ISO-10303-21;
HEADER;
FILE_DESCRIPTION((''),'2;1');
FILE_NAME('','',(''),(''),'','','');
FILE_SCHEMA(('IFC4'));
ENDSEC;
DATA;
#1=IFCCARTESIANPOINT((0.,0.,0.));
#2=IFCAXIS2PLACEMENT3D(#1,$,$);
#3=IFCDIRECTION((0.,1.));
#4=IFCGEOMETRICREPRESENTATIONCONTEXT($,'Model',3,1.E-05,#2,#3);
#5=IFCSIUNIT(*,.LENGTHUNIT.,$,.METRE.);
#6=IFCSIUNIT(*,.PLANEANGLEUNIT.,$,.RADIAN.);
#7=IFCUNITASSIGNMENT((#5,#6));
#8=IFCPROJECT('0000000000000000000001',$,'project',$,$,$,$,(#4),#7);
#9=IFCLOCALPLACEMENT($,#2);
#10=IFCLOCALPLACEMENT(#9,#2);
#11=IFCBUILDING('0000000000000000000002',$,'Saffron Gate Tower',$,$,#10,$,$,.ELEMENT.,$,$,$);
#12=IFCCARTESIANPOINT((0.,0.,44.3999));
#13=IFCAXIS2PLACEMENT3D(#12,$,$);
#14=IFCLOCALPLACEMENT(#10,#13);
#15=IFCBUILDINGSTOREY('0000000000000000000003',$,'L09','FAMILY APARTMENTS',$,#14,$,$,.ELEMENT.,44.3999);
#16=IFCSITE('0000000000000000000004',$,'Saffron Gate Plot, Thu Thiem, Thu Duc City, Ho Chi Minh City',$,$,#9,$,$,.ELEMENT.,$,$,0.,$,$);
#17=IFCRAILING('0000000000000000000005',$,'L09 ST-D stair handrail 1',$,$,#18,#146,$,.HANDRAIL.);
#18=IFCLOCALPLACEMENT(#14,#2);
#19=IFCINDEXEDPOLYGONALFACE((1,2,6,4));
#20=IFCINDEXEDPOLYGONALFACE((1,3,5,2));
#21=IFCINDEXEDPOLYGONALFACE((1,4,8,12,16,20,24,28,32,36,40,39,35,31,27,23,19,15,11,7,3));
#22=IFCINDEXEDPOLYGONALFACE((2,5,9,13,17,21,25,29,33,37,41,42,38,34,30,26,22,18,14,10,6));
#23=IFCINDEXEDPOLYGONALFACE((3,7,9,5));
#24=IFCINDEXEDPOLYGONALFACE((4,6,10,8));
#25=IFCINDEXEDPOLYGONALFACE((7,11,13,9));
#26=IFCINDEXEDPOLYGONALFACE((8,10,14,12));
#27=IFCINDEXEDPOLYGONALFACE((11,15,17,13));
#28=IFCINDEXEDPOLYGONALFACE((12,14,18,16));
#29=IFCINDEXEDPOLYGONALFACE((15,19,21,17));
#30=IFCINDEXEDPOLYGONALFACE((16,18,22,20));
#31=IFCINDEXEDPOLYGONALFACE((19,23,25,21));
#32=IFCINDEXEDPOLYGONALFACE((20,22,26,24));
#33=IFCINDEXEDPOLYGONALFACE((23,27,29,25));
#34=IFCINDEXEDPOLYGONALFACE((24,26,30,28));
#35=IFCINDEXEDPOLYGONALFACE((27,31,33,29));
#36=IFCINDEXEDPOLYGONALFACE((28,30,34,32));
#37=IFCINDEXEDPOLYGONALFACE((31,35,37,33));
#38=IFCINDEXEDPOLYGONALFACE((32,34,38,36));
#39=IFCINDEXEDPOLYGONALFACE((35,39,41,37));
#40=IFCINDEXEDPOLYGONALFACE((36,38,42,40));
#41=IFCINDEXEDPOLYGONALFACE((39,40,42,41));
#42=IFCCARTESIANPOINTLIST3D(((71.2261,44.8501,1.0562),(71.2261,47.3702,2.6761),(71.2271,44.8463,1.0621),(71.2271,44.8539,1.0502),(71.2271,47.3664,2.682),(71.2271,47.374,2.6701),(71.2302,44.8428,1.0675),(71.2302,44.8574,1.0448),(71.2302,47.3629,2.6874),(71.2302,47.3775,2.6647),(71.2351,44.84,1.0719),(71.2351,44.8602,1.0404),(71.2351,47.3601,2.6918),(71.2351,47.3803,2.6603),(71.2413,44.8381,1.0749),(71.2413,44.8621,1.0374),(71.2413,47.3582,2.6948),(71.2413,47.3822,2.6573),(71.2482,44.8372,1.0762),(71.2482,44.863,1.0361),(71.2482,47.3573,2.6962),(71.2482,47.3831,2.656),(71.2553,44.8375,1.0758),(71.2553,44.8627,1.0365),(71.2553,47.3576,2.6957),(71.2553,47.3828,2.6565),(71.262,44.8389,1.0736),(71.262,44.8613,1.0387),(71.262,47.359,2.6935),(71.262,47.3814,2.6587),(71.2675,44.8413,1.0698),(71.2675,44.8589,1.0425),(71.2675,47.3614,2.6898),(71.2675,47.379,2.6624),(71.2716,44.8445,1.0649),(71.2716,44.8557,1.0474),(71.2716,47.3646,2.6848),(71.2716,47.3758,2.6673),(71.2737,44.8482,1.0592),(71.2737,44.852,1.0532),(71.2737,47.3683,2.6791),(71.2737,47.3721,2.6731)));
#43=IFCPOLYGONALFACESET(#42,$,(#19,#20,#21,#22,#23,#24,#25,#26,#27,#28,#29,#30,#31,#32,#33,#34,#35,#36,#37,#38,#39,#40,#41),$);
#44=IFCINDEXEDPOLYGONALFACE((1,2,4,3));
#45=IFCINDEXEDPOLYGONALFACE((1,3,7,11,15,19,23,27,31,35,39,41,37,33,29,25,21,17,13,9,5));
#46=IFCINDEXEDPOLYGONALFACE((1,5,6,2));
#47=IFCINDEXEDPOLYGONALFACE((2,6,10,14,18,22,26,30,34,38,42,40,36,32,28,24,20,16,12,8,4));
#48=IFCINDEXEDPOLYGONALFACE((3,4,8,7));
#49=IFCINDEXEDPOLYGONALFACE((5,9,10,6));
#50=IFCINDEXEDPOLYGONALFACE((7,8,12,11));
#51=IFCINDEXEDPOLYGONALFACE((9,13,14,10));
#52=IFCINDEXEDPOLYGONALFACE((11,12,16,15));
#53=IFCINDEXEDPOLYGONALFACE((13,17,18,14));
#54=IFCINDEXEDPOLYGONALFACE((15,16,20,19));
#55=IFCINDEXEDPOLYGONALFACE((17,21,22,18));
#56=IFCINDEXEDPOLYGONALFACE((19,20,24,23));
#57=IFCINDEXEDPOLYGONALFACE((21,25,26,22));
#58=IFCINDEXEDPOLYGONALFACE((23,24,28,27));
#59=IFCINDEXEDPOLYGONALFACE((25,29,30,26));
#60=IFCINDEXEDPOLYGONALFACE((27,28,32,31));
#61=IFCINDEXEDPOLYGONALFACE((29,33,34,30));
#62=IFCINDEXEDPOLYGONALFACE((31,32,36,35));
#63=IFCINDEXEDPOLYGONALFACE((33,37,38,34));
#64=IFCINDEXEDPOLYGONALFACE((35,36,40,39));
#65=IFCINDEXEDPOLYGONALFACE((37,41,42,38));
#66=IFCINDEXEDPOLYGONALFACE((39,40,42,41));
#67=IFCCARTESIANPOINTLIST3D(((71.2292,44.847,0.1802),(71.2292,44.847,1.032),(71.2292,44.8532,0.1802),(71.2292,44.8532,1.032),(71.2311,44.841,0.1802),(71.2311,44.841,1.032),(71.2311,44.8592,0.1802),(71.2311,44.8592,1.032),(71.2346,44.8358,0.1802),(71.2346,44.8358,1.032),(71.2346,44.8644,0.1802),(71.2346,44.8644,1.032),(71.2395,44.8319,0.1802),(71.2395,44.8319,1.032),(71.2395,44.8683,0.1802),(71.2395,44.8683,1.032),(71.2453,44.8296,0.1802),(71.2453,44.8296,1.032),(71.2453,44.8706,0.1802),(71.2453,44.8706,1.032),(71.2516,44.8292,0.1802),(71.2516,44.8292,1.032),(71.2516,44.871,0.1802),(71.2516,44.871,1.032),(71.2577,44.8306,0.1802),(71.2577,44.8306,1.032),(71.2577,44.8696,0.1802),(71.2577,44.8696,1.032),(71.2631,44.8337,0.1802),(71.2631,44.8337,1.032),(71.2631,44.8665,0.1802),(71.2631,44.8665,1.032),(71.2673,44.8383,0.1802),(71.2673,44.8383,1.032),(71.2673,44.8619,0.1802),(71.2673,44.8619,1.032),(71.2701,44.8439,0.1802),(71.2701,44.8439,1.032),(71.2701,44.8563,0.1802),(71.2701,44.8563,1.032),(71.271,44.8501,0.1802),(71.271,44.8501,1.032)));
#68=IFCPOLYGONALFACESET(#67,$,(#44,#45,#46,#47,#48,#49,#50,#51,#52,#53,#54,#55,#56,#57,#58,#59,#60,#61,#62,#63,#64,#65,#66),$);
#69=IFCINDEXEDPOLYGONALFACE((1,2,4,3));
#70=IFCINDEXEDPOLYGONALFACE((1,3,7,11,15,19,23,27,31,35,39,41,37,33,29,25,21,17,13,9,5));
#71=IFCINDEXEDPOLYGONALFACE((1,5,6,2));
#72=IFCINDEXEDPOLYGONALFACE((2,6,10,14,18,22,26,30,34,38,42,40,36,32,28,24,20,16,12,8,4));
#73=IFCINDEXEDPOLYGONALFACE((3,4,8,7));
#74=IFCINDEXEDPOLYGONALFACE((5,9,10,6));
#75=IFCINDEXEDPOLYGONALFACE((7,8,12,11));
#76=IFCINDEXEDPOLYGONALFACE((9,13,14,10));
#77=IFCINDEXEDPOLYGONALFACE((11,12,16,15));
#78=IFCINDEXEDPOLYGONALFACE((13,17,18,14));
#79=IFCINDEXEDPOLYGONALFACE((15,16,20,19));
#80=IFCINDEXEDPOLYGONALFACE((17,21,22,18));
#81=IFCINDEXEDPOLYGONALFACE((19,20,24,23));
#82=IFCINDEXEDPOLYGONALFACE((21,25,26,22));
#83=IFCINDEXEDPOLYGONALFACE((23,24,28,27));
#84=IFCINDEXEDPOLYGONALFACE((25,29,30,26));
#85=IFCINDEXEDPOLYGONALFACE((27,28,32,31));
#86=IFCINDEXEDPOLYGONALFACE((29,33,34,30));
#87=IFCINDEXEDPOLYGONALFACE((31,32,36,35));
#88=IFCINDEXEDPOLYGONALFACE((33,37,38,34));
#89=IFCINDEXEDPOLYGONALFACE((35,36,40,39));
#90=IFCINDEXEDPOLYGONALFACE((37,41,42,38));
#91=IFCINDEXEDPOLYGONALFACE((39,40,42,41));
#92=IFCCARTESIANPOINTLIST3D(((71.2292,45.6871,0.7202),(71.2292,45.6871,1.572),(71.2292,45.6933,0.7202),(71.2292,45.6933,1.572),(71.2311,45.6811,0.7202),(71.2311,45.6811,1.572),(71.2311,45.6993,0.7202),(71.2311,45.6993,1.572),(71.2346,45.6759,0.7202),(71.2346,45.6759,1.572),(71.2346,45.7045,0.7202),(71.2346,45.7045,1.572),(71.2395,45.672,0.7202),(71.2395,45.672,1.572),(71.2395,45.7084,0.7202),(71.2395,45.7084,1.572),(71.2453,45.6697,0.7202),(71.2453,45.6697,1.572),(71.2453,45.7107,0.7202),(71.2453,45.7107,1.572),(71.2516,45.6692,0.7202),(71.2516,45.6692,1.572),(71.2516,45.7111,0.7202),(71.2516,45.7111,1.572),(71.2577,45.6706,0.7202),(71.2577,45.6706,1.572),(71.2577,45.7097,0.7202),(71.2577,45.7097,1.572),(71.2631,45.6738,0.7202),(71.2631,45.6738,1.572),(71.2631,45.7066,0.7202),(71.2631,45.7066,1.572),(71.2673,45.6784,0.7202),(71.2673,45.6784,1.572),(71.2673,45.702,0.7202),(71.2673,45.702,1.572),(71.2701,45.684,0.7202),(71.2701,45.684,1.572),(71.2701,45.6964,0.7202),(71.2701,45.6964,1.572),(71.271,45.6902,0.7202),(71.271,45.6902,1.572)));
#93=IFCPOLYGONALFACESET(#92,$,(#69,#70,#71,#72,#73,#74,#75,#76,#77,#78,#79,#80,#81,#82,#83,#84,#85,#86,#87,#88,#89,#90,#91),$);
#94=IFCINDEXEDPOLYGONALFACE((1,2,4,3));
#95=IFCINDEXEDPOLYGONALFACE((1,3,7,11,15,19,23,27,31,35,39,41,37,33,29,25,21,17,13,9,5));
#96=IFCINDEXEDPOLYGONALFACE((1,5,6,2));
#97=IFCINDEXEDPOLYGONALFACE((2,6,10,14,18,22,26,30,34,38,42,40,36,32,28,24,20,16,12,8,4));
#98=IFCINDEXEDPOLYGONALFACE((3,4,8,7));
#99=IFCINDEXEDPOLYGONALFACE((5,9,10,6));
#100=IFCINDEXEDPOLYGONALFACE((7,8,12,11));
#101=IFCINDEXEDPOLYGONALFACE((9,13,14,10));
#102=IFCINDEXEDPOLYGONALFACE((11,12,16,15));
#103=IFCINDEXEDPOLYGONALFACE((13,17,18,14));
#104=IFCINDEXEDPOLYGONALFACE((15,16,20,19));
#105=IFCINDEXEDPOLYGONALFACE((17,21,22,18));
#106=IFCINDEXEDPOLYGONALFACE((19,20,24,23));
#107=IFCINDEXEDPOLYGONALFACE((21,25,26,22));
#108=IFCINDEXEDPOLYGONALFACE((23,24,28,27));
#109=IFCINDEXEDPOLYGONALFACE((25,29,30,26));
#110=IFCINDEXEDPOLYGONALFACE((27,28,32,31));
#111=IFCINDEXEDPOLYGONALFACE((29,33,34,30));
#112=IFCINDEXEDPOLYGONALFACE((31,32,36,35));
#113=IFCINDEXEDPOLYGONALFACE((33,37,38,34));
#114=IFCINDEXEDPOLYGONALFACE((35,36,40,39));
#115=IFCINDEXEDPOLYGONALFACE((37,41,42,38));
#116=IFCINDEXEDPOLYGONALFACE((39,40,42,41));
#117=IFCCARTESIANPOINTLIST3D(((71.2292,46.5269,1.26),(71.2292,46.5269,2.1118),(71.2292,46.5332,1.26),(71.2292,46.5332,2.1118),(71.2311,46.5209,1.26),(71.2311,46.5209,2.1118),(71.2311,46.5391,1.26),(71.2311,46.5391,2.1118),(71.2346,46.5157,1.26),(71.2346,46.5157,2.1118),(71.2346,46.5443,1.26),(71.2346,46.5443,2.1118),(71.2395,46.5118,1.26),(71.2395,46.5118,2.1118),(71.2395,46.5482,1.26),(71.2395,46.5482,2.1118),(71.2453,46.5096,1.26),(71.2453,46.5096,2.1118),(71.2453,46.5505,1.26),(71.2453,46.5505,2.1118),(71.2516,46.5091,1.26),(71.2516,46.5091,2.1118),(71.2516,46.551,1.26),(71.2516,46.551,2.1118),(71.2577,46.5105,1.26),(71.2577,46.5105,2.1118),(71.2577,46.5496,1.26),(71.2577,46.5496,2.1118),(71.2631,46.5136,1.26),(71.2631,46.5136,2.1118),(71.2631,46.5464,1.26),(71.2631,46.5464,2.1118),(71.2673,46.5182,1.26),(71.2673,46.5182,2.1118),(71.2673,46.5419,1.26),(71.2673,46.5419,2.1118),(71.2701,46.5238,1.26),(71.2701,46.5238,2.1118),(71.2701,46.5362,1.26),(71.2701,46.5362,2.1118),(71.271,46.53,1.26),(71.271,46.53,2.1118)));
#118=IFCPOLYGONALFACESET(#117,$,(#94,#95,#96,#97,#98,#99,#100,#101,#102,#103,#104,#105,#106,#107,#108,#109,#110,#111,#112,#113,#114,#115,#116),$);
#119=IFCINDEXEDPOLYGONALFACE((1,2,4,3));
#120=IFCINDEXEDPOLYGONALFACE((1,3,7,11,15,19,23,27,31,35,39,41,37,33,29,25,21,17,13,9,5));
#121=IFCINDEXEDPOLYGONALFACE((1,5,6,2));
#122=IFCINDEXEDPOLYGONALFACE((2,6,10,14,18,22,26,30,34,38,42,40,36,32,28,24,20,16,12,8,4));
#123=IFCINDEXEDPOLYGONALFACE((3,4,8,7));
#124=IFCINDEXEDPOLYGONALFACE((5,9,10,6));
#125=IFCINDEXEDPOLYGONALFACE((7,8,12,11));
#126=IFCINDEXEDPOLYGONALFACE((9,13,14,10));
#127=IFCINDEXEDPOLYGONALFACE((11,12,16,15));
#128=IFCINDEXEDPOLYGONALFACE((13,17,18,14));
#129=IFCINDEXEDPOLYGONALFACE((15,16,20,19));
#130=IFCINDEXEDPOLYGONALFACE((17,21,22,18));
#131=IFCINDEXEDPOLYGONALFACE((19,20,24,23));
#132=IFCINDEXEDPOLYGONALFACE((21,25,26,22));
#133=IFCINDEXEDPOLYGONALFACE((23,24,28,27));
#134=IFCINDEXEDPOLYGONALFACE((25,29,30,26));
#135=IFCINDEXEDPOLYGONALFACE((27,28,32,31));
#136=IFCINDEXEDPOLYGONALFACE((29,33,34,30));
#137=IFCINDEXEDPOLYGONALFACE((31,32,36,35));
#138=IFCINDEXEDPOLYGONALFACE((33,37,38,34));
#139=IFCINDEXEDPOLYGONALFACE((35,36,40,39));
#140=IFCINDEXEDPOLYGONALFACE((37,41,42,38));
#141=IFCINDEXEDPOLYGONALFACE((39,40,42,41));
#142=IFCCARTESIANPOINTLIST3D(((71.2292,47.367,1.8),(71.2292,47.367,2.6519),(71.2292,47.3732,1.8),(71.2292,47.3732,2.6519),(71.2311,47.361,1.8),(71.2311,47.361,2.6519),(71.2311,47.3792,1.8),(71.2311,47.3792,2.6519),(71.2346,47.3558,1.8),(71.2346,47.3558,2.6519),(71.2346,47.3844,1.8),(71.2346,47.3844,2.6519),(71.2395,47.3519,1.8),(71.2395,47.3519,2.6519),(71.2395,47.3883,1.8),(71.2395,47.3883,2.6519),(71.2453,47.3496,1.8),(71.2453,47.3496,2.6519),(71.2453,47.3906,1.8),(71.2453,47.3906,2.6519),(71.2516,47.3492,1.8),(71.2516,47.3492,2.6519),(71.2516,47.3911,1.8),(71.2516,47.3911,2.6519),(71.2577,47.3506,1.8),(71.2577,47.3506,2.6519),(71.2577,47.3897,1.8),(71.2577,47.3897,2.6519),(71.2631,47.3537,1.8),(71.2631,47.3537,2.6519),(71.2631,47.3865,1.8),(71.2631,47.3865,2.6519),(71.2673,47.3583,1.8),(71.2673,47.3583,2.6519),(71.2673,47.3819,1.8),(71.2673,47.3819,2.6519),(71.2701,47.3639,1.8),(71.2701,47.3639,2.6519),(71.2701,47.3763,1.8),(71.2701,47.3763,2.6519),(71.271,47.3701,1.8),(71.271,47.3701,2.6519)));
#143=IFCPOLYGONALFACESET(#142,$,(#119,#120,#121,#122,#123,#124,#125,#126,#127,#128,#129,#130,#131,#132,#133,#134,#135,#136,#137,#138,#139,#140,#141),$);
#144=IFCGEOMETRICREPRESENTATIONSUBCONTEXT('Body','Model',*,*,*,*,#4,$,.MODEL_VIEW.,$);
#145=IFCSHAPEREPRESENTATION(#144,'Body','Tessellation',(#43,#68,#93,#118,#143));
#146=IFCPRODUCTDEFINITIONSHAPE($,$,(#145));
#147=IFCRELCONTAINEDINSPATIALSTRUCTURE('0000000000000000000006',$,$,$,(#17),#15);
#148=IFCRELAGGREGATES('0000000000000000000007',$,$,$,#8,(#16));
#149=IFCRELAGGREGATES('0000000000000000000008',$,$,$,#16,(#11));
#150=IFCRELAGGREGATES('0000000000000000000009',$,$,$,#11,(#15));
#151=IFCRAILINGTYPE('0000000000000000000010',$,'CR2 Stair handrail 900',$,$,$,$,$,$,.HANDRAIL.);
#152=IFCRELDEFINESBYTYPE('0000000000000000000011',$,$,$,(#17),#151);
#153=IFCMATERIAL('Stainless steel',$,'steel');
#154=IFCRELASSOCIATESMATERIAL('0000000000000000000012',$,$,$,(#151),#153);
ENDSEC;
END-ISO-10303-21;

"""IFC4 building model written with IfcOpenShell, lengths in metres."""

from ifc_helpers import new_model, si_unit, direction, frame, origin, origin_2d, place, context, subcontext, project, spatial, circle, extrude, material, type_object, element, save


model = new_model("IFC4")

# Units and contexts
model_context = context("Model", 3, precision=1e-05, world=origin(), true_north=direction((0.0, 1.0)))
body_context = subcontext(model_context, "Body", "Model", "MODEL_VIEW")
ifc_project = project(units=[si_unit("LENGTHUNIT", "METRE"), si_unit("PLANEANGLEUNIT", "RADIAN")], contexts=[model_context])

# Site, building, storey
site_placement = place(None, origin())
site = spatial("IfcSite", under=ifc_project, at=site_placement, Name="Saffron Gate Plot, Thu Thiem, Thu Duc City, Ho Chi Minh City", CompositionType="ELEMENT", RefElevation=0.0)
building_placement = place(site_placement, origin())
building = spatial("IfcBuilding", under=site, at=building_placement, Name="Saffron Gate Tower", CompositionType="ELEMENT")
storey_placement = place(building_placement, frame((0.0, 0.0, 44.3999)))
storey = spatial("IfcBuildingStorey", under=building, at=storey_placement, Name="L09", Description="FAMILY APARTMENTS", CompositionType="ELEMENT", Elevation=44.3999)

# Railing
ifc_material_1 = material(Name="Stainless steel", Category="steel")
railing_type = type_object("IfcRailingType", Name="CR2 Stair handrail 900", PredefinedType="HANDRAIL", material=ifc_material_1)
railing_1_placement = place(storey_placement, frame((71.25, 44.8501, 0.1802)))
element("IfcRailing", 1, at=railing_1_placement, inside=storey, type_object=railing_type, Name="L09 ST-D stair handrail 1", PredefinedType="HANDRAIL", context=body_context, shape_type="SweptSolid", body=[
    extrude(circle(Radius=0.0239, at=origin_2d()), frame((0.0, 0.0, 0.876), z_axis=(0.0, 0.8412, 0.540725), x_axis=(-1.0, 0.0, 0.0)), (0.0, 0.0, 1.0), 2.9958),
    extrude(circle(Radius=0.021, at=origin_2d()), origin(), (0.0, 0.0, 1.0), 0.8518),
    extrude(circle(Radius=0.021, at=origin_2d()), frame((0.0, 0.8401, 0.54)), (0.0, 0.0, 1.0), 0.8518),
    extrude(circle(Radius=0.021, at=origin_2d()), frame((0.0, 1.6799, 1.0798)), (0.0, 0.0, 1.0), 0.8518),
    extrude(circle(Radius=0.021, at=origin_2d()), frame((0.0, 2.52, 1.6199)), (0.0, 0.0, 1.0), 0.8518),
])

save(model, "model.ifc")
